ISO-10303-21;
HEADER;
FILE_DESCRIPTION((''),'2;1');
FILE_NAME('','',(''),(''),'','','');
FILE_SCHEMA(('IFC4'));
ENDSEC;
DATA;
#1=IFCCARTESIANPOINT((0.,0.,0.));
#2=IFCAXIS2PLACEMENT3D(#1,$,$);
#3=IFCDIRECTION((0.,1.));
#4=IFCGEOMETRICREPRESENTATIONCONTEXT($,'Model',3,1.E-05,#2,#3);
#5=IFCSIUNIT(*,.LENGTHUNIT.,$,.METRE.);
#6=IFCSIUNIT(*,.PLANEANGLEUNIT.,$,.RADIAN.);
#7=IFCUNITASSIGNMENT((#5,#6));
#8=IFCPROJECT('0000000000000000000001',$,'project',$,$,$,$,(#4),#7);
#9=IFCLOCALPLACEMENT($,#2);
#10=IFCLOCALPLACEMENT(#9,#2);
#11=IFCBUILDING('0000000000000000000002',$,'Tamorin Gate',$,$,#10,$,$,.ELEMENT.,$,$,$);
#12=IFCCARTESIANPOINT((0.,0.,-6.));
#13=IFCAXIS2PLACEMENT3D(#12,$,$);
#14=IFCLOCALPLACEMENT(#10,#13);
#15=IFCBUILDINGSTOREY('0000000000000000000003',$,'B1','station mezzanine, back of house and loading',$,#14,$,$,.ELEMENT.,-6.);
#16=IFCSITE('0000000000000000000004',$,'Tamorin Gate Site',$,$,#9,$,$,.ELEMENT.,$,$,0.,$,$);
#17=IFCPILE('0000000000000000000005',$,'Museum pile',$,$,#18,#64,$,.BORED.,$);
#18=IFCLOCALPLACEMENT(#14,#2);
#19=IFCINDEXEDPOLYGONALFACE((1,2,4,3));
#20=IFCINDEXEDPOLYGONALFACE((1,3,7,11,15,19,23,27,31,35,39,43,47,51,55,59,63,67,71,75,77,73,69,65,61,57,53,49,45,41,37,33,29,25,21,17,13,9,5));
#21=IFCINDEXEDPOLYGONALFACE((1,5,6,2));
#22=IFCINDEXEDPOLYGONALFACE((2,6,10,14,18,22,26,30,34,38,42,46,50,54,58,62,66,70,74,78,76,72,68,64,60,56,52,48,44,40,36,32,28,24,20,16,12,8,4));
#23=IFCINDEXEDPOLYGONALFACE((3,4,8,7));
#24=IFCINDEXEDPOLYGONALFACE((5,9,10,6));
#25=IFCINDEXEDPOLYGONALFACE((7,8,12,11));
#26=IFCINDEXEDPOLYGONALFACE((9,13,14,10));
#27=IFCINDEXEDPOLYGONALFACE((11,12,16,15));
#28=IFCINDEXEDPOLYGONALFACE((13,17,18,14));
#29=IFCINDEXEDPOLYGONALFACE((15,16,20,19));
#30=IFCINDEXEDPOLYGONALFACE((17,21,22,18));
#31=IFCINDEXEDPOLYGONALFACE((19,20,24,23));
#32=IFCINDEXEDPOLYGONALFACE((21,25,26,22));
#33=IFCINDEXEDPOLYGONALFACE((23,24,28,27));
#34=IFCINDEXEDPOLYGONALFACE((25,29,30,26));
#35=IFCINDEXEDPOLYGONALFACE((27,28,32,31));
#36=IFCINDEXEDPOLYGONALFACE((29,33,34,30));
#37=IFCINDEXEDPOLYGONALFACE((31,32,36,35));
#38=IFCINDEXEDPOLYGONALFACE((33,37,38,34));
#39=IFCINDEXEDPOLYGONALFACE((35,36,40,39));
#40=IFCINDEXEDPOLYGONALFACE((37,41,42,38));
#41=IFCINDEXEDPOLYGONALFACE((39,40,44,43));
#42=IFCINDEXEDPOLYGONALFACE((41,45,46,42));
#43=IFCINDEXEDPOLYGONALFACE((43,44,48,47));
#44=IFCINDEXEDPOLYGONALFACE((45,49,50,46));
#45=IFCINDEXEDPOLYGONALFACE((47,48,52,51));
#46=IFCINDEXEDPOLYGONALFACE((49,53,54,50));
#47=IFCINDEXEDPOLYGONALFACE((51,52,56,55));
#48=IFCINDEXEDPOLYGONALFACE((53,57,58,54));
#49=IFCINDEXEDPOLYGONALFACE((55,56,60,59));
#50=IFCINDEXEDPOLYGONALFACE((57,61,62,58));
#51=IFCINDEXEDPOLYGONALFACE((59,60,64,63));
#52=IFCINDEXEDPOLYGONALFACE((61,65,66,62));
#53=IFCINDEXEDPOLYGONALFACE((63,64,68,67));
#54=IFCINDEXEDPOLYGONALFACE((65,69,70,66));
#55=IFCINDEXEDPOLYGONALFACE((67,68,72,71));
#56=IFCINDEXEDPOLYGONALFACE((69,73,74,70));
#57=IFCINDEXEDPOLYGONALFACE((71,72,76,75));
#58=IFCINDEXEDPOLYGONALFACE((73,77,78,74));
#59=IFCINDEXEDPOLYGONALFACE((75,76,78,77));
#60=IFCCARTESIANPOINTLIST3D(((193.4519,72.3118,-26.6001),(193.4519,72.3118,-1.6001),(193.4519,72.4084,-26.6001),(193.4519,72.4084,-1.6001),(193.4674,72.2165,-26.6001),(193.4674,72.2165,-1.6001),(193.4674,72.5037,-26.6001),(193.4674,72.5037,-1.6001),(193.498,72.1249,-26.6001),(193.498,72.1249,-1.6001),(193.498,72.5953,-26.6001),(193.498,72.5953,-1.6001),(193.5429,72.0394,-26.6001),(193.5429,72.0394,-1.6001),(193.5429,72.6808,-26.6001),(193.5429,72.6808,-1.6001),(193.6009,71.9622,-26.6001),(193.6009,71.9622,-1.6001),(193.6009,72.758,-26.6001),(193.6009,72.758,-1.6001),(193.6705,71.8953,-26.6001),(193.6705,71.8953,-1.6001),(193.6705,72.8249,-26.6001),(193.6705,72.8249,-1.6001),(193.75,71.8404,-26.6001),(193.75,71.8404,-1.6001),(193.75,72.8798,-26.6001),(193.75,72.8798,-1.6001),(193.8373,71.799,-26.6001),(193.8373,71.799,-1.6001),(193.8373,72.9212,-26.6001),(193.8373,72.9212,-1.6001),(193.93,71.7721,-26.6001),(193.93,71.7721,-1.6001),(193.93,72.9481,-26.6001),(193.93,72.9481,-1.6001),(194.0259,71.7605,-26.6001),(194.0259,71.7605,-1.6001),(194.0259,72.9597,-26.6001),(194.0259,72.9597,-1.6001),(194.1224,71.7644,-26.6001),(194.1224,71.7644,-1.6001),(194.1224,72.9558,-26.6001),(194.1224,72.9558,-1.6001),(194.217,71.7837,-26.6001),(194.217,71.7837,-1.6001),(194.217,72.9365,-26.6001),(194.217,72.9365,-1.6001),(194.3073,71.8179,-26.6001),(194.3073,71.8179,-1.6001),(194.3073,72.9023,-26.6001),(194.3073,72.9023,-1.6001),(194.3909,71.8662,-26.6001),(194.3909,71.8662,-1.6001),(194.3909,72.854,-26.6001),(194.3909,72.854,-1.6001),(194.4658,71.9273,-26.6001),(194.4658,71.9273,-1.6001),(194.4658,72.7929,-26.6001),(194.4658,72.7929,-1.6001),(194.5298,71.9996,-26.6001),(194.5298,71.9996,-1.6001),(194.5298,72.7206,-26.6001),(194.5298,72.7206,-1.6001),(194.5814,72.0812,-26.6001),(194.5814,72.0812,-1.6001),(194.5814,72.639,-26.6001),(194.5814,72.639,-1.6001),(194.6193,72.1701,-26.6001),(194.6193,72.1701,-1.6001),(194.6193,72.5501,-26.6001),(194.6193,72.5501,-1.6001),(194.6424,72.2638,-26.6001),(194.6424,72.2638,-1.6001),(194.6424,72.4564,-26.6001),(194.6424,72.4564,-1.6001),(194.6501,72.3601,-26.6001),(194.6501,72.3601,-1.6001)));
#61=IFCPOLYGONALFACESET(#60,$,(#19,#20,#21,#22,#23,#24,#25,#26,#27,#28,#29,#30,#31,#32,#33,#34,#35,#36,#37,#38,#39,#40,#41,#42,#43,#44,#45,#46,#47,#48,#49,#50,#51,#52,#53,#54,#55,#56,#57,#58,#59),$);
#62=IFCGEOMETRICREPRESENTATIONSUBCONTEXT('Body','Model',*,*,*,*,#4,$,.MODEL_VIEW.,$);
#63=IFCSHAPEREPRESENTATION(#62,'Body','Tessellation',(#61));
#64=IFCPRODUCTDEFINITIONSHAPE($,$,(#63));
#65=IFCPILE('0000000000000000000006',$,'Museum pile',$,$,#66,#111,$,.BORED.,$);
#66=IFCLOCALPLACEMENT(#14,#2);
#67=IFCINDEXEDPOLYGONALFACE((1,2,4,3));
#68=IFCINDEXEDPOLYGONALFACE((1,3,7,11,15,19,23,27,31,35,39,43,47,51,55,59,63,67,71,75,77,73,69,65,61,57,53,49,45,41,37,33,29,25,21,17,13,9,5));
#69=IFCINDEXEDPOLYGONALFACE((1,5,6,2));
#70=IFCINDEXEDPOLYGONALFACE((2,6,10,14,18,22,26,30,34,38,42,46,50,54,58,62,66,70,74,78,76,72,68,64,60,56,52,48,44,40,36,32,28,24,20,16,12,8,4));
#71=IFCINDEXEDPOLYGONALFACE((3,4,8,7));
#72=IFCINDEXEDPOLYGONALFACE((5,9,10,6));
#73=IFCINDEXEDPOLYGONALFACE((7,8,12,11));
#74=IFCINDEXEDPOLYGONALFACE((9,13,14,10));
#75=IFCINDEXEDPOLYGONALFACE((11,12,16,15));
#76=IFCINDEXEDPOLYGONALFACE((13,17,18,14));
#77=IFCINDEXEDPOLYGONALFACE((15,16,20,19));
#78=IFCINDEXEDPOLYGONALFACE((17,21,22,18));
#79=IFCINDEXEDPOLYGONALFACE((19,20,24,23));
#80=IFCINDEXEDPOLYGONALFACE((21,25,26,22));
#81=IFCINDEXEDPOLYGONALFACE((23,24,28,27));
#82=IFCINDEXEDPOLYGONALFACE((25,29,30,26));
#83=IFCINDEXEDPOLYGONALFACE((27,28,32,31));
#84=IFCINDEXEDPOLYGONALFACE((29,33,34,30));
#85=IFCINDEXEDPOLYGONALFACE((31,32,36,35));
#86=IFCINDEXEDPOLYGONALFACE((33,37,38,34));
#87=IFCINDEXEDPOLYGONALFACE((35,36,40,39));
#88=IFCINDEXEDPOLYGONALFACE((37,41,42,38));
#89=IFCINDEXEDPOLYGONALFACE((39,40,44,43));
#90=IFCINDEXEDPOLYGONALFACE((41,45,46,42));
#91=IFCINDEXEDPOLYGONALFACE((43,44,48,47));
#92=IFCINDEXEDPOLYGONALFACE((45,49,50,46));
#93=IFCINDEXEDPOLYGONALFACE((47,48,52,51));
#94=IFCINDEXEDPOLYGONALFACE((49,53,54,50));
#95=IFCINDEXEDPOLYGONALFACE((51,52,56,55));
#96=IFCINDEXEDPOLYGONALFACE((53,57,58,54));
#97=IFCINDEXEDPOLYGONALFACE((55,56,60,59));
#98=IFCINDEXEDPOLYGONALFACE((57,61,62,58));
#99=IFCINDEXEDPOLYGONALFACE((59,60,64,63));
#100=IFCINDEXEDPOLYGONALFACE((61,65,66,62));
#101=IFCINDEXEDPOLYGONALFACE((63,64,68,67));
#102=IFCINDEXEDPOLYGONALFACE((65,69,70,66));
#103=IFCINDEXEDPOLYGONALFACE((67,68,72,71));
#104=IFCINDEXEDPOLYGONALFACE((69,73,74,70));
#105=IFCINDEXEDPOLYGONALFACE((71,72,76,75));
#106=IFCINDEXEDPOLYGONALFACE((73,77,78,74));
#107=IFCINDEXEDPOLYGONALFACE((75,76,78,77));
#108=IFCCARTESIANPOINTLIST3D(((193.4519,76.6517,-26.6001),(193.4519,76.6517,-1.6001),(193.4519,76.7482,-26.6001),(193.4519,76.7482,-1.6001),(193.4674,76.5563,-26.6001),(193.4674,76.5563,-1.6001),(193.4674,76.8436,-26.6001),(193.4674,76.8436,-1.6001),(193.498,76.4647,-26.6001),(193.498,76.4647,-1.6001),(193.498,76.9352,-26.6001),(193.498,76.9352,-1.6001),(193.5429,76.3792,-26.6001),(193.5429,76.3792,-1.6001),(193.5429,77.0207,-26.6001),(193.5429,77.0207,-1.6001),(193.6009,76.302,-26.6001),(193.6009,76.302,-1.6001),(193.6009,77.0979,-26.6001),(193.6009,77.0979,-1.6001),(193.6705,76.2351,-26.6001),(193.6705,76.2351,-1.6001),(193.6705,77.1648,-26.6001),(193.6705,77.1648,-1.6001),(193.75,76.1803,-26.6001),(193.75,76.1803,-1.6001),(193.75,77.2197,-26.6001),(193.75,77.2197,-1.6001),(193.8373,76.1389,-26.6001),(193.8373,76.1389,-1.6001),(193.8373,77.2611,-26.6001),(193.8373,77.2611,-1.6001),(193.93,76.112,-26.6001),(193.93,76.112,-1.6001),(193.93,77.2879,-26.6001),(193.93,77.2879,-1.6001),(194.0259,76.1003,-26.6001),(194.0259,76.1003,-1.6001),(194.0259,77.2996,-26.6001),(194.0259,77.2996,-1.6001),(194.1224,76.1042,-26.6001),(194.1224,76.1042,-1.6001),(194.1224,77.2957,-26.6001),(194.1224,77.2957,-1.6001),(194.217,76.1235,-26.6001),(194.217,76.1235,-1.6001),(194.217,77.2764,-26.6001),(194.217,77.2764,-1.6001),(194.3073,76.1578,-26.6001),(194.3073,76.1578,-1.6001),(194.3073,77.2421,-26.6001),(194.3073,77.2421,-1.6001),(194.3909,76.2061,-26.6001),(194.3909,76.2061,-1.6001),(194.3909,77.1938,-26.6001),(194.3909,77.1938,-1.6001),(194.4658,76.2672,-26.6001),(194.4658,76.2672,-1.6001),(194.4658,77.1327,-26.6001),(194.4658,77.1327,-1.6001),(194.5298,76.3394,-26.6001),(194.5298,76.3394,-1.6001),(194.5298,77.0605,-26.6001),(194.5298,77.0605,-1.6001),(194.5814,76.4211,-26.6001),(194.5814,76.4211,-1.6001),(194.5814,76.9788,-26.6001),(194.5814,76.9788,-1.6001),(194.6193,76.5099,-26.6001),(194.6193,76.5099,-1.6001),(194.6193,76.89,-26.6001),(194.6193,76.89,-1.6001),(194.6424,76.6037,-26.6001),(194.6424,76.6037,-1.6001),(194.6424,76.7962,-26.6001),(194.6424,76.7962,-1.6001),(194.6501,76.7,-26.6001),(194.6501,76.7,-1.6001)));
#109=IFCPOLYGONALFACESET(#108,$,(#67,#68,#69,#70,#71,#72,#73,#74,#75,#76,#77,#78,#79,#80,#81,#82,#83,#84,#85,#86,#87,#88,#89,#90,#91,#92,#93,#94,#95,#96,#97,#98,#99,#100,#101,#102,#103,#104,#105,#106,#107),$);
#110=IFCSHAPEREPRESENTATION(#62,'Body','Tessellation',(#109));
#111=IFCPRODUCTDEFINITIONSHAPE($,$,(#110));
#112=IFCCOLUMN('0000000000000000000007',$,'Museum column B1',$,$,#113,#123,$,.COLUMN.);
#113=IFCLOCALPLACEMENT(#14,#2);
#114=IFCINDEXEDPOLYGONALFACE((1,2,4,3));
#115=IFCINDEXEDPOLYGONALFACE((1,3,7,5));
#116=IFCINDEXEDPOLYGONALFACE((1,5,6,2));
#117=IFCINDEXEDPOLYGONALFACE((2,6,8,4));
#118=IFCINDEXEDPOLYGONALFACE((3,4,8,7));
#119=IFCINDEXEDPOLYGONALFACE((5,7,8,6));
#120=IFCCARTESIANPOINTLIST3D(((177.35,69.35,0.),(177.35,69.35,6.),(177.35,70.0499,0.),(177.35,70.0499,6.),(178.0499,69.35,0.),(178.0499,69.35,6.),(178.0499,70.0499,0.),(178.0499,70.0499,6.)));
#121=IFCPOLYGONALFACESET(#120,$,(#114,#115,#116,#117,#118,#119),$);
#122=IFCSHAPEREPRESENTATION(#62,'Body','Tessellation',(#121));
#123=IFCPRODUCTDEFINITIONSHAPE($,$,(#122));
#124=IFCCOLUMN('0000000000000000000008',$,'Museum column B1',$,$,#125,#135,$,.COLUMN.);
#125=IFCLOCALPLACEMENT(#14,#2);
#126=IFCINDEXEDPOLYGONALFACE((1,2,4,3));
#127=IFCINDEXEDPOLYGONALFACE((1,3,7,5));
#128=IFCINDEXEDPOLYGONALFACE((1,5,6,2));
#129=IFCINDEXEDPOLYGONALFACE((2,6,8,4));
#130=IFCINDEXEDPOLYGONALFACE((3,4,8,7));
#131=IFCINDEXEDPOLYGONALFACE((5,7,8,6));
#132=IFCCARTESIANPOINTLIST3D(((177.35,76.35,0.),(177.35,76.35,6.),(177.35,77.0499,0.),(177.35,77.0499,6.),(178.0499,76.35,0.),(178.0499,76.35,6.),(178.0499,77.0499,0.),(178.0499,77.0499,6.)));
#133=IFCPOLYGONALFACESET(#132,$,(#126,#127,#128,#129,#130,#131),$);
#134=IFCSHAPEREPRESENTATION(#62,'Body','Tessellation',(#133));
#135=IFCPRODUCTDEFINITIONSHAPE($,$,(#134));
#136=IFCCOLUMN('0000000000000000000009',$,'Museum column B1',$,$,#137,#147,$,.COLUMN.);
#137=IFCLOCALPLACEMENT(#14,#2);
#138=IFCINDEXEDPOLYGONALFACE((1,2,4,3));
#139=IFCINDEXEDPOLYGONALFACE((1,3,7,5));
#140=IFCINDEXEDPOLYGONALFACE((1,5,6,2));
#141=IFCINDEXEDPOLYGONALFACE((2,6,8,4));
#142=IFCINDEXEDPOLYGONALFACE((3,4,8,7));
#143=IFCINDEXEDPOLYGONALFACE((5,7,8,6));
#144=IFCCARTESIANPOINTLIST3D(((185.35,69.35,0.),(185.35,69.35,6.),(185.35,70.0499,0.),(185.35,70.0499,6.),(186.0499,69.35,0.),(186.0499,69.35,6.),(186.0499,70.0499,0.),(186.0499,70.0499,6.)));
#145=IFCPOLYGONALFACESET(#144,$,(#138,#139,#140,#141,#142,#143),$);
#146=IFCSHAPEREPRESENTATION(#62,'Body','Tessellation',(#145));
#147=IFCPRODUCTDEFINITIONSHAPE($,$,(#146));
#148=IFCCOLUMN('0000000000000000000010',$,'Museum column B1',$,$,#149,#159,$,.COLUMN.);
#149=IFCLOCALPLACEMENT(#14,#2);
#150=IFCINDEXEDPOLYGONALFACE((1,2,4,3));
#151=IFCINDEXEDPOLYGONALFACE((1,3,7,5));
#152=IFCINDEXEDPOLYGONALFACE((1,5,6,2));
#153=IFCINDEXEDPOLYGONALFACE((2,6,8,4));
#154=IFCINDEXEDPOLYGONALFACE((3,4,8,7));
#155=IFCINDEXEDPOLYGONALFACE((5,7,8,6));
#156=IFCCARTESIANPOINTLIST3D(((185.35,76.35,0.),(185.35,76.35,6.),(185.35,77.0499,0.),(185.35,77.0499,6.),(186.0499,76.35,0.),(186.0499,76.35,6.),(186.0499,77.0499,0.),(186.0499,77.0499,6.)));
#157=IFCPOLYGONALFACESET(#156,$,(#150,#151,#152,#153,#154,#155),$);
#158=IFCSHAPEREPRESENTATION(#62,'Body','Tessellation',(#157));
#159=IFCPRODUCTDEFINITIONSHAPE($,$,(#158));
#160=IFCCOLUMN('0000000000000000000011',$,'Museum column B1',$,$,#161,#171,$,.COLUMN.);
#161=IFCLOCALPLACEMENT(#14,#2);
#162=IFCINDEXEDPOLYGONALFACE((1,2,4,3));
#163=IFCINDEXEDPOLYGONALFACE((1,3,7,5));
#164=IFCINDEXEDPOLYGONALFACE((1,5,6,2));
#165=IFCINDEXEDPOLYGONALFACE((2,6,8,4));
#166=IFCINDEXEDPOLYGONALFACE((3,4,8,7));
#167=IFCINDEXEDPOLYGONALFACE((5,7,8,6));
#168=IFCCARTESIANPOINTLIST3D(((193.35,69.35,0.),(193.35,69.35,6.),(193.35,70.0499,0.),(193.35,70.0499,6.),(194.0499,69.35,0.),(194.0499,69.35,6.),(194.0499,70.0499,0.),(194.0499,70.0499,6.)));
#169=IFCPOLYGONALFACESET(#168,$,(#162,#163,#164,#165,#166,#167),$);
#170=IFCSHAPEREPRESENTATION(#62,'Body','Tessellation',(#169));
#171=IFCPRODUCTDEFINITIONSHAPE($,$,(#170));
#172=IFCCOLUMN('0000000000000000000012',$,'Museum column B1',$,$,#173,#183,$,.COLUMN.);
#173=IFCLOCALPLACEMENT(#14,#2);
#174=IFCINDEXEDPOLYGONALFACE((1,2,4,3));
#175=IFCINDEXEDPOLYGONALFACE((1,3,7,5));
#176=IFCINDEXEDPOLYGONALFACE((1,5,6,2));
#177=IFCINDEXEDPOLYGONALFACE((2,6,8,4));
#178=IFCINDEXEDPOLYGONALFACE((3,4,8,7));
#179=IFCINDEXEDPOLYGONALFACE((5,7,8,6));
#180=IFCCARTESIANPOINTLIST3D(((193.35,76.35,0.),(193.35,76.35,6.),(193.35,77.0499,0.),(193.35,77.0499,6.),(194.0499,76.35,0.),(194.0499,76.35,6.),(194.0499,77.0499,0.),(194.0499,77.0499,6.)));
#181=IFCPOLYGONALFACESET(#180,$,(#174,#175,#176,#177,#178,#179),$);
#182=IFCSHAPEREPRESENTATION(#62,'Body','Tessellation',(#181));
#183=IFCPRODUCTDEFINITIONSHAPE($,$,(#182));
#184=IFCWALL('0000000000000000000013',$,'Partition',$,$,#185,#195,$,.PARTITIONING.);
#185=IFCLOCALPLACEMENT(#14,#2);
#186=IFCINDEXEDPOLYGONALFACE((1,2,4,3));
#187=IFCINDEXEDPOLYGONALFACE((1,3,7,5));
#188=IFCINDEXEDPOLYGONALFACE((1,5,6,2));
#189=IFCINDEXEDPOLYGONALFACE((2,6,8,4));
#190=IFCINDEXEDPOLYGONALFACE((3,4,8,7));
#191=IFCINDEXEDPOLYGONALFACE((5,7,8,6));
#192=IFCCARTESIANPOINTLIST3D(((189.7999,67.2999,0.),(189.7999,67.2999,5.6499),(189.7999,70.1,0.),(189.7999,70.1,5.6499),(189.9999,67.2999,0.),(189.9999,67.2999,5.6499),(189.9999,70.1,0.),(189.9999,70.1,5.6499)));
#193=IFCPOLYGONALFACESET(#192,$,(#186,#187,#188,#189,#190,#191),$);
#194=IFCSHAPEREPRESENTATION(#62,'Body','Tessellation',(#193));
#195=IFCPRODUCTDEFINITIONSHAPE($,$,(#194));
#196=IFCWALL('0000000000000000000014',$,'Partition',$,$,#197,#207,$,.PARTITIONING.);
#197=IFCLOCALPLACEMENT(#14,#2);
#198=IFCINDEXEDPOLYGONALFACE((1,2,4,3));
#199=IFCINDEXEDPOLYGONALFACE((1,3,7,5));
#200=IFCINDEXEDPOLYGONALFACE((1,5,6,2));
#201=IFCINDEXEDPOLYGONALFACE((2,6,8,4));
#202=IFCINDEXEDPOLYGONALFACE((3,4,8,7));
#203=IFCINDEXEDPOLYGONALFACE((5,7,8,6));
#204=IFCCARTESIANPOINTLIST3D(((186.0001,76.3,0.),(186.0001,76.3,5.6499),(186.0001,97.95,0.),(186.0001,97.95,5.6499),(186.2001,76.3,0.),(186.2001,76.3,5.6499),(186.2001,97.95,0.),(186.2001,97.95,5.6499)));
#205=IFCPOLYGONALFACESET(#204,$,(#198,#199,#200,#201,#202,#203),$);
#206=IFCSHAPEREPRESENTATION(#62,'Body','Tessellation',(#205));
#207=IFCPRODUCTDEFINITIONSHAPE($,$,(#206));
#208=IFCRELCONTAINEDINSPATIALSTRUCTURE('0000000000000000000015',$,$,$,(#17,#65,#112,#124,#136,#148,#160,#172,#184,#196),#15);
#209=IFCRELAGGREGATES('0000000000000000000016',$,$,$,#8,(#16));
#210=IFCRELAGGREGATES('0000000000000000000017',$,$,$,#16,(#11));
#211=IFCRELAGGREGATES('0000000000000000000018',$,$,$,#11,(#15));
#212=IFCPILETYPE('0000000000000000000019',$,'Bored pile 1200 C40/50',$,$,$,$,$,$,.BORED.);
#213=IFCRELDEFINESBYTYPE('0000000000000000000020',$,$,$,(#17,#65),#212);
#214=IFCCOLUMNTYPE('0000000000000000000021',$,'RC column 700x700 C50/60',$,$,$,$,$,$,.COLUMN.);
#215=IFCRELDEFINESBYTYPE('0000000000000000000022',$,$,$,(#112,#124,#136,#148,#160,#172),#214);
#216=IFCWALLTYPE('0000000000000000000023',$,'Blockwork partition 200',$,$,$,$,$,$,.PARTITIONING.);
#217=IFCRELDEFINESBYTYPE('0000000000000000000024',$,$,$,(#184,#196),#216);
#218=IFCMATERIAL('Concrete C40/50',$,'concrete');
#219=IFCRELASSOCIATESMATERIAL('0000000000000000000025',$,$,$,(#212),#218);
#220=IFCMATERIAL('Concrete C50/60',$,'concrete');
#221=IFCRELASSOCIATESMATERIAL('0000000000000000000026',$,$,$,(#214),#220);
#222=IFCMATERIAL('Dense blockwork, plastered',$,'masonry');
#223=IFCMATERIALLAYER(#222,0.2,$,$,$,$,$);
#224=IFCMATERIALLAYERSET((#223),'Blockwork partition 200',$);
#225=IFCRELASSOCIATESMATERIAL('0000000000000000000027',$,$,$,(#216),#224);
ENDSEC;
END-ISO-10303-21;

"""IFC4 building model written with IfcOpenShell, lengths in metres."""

from ifc_helpers import new_model, si_unit, direction, frame, frame_2d, origin, origin_2d, place, context, subcontext, project, spatial, rectangle, circle, extrude, material, layer, layer_set, material_profile, profile_set, type_object, element, save


model = new_model("IFC4")

# Units and contexts
model_context = context("Model", 3, precision=1e-05, world=origin(), true_north=direction((0.0, 1.0)))
body_context = subcontext(model_context, "Body", "Model", "MODEL_VIEW")
ifc_project = project(units=[si_unit("LENGTHUNIT", "METRE"), si_unit("PLANEANGLEUNIT", "RADIAN")], contexts=[model_context])

# Site, building, storey
site_placement = place(None, origin())
site = spatial("IfcSite", under=ifc_project, at=site_placement, Name="Tamorin Gate Site", CompositionType="ELEMENT", RefElevation=0.0)
building_placement = place(site_placement, origin())
building = spatial("IfcBuilding", under=site, at=building_placement, Name="Tamorin Gate", CompositionType="ELEMENT")
storey_placement = place(building_placement, frame((0.0, 0.0, -6.0)))
storey = spatial("IfcBuildingStorey", under=building, at=storey_placement, Name="B1", Description="station mezzanine, back of house and loading", CompositionType="ELEMENT", Elevation=-6.0)

# Piles
ifc_material_1 = material(Name="Concrete C40/50", Category="concrete")
ifc_material_profile_1 = material_profile(ifc_material_1, circle(Radius=0.6001, at=origin_2d()))
ifc_profile_set_1 = profile_set([ifc_material_profile_1], Name="Concrete C40/50")
pile_type = type_object("IfcPileType", Name="Bored pile 1200 C40/50", PredefinedType="BORED", material=ifc_profile_set_1)
for number, where, z_axis, x_axis, name in (
    (1, (194.05, 72.3601, -1.6001), (0.0, 0.0, -1.0), (1.0, 0.0, 0.0), "Museum pile"),
    (2, (194.05, 76.7, -1.6001), (0.0, 0.0, -1.0), (1.0, 0.0, 0.0), "Museum pile"),
):
    element("IfcPile", number, at=place(storey_placement, frame(where, z_axis=z_axis, x_axis=x_axis)), inside=storey, type_object=pile_type, Name=name, PredefinedType="BORED", context=body_context, shape_type="SweptSolid", body=[
        extrude(circle(Radius=0.6001, at=origin_2d()), origin(), (0.0, 0.0, 1.0), 25.0),
    ])

# Columns
ifc_material_2 = material(Name="Concrete C50/60", Category="concrete")
ifc_material_profile_2 = material_profile(ifc_material_2, rectangle(XDim=0.7, YDim=0.7, at=origin_2d()), Name="RC 700x700")
ifc_profile_set_2 = profile_set([ifc_material_profile_2], Name="Concrete C50/60")
column_type = type_object("IfcColumnType", Name="RC column 700x700 C50/60", PredefinedType="COLUMN", material=ifc_profile_set_2)
for number, where, z_axis, x_axis, name in (
    (3, (177.7, 69.7, 0.0), (0.0, 0.0, 1.0), (1.0, 0.0, 0.0), "Museum column B1"),
    (4, (177.7, 76.7, 0.0), (0.0, 0.0, 1.0), (1.0, 0.0, 0.0), "Museum column B1"),
    (5, (185.7, 69.7, 0.0), (0.0, 0.0, 1.0), (1.0, 0.0, 0.0), "Museum column B1"),
    (6, (185.7, 76.7, 0.0), (0.0, 0.0, 1.0), (1.0, 0.0, 0.0), "Museum column B1"),
    (7, (193.7, 69.7, 0.0), (0.0, 0.0, 1.0), (1.0, 0.0, 0.0), "Museum column B1"),
    (8, (193.7, 76.7, 0.0), (0.0, 0.0, 1.0), (1.0, 0.0, 0.0), "Museum column B1"),
):
    element("IfcColumn", number, at=place(storey_placement, frame(where, z_axis=z_axis, x_axis=x_axis)), inside=storey, type_object=column_type, Name=name, PredefinedType="COLUMN", context=body_context, shape_type="SweptSolid", body=[
        extrude(rectangle(XDim=0.7, YDim=0.7, at=origin_2d()), origin(), (0.0, 0.0, 1.0), 6.0),
    ])

# Walls
ifc_material_3 = material(Name="Dense blockwork, plastered", Category="masonry")
ifc_layer = layer(ifc_material_3, 0.2)
ifc_layer_set = layer_set([ifc_layer], Name="Blockwork partition 200")
wall_type = type_object("IfcWallType", Name="Blockwork partition 200", PredefinedType="PARTITIONING", material=ifc_layer_set)
wall_1_placement = place(storey_placement, frame((189.8999, 67.3, 0.0), z_axis=(0.0, 0.0, 1.0), x_axis=(0.0, 1.0, 0.0)))
element("IfcWall", 9, at=wall_1_placement, inside=storey, type_object=wall_type, Name="Partition", PredefinedType="PARTITIONING", context=body_context, shape_type="SweptSolid", body=[
    extrude(rectangle(XDim=2.8, YDim=0.2, at=frame_2d((1.3999, 0.0))), origin(), (0.0, 0.0, 1.0), 5.6499),
])
wall_2_placement = place(storey_placement, frame((186.1001, 76.3, 0.0), z_axis=(0.0, 0.0, 1.0), x_axis=(0.0, 1.0, 0.0)))
element("IfcWall", 10, at=wall_2_placement, inside=storey, type_object=wall_type, Name="Partition", PredefinedType="PARTITIONING", context=body_context, shape_type="SweptSolid", body=[
    extrude(rectangle(XDim=21.6499, YDim=0.2, at=frame_2d((10.825, 0.0))), origin(), (0.0, 0.0, 1.0), 5.6499),
])

save(model, "model.ifc")
